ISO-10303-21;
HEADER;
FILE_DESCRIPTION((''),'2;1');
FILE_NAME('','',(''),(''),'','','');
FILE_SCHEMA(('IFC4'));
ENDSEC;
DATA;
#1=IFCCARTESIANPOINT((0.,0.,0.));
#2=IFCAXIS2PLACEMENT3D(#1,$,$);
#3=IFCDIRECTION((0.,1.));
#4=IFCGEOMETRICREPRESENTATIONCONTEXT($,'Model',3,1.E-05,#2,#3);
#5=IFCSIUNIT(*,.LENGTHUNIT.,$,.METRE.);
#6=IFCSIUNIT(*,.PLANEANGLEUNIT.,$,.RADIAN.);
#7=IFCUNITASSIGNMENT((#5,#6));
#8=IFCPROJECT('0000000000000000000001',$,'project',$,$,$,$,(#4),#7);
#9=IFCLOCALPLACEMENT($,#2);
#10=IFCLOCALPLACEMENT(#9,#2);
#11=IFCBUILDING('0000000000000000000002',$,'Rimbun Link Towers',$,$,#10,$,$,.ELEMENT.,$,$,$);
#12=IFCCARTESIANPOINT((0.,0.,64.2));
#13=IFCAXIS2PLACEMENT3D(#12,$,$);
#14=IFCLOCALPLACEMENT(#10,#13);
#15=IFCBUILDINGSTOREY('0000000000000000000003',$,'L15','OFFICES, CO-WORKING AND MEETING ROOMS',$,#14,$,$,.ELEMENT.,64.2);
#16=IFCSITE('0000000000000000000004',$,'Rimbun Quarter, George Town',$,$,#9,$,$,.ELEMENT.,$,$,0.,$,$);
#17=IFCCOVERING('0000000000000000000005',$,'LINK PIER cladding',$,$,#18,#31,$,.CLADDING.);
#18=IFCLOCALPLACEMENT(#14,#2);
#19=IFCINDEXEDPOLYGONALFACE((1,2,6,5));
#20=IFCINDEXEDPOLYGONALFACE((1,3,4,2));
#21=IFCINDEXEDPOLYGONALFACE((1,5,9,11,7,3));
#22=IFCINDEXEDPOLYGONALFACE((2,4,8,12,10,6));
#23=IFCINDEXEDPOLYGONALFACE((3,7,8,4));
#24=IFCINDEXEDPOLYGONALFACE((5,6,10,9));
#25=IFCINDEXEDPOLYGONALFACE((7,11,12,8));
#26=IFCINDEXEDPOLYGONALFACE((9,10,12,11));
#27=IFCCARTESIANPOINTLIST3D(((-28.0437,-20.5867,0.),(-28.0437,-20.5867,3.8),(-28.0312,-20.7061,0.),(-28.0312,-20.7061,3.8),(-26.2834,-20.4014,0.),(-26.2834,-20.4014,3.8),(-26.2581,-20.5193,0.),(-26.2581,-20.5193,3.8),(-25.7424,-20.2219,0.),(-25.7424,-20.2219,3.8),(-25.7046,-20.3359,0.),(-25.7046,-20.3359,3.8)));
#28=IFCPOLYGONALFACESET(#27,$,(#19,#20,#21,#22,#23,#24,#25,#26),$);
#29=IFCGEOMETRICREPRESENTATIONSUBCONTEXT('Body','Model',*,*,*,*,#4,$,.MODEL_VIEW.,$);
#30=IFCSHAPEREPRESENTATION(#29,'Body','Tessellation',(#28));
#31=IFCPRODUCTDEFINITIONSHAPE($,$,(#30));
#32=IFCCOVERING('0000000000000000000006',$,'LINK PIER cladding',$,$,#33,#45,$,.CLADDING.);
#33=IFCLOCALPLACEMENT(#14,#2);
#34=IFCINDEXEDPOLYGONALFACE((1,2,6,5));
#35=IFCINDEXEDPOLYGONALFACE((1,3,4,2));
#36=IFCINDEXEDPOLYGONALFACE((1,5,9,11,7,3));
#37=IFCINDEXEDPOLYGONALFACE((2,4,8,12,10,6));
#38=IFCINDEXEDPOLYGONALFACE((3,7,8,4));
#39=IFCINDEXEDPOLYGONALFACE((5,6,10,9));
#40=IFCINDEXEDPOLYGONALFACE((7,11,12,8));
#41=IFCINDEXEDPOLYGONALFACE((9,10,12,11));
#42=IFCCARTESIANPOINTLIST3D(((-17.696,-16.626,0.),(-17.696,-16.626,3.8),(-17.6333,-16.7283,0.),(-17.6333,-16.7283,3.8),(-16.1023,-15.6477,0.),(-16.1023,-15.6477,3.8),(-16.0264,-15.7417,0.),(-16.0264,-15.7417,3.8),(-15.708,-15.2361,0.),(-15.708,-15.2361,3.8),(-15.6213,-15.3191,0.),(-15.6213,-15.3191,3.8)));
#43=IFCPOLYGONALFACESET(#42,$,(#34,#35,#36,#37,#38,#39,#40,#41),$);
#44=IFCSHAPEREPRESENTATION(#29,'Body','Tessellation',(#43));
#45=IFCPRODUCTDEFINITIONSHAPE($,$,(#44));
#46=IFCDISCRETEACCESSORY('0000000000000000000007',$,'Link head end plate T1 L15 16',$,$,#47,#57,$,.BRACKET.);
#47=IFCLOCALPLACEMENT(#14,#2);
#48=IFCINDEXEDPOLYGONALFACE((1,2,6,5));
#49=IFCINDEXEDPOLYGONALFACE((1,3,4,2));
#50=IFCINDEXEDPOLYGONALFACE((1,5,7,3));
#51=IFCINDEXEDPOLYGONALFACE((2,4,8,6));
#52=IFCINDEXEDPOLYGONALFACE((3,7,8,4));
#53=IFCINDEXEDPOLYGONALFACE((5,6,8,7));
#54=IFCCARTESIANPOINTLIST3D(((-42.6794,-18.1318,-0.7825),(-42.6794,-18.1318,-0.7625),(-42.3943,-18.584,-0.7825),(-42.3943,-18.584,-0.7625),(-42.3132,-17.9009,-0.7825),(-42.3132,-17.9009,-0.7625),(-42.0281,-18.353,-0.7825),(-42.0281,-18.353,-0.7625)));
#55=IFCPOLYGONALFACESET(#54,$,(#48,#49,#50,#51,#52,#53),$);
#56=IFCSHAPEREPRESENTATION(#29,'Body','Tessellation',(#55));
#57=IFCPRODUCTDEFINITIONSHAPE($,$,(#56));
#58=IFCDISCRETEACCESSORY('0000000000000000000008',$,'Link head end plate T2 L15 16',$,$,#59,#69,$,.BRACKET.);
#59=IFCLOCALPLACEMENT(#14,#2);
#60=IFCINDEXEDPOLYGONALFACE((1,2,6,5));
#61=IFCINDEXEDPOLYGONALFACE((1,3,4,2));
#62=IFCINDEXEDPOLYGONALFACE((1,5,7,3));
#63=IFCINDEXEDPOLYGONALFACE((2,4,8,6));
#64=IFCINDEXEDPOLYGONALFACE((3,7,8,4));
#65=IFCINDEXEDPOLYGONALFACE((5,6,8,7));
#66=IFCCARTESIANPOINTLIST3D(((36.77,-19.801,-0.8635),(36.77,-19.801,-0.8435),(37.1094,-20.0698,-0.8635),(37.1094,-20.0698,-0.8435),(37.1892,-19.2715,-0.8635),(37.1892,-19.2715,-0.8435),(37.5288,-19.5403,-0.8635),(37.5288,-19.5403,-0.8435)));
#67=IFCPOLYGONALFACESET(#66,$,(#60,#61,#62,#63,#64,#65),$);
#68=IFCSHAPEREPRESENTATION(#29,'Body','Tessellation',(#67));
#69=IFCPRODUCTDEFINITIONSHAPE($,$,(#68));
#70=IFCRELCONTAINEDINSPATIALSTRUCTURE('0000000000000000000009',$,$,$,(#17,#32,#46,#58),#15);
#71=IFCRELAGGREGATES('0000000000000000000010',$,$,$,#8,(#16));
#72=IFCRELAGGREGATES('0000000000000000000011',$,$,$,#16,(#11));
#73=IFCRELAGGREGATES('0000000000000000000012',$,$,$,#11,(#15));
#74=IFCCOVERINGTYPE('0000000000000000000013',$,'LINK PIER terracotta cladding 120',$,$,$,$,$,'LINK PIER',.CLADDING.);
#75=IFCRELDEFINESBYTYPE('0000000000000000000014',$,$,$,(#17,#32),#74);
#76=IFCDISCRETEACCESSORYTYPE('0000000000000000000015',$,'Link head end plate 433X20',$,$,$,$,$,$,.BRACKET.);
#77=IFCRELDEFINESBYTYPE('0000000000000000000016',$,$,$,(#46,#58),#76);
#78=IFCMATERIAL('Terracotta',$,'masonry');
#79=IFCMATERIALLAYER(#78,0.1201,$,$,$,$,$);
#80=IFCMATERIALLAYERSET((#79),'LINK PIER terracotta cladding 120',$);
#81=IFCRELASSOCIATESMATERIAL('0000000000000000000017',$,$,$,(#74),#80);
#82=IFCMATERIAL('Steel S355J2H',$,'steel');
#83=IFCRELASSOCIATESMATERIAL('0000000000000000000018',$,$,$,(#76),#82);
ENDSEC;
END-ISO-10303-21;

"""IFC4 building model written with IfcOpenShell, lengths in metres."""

from ifc_helpers import new_model, si_unit, direction, frame, origin, origin_2d, place, context, subcontext, project, spatial, polyline, rectangle, outline, extrude, material, layer, layer_set, material_profile, profile_set, type_object, element, save


model = new_model("IFC4")

# Units and contexts
model_context = context("Model", 3, precision=1e-05, world=origin(), true_north=direction((0.0, 1.0)))
body_context = subcontext(model_context, "Body", "Model", "MODEL_VIEW")
ifc_project = project(units=[si_unit("LENGTHUNIT", "METRE"), si_unit("PLANEANGLEUNIT", "RADIAN")], contexts=[model_context])

# Site, building, storey
site_placement = place(None, origin())
site = spatial("IfcSite", under=ifc_project, at=site_placement, Name="Rimbun Quarter, George Town", CompositionType="ELEMENT", RefElevation=0.0)
building_placement = place(site_placement, origin())
building = spatial("IfcBuilding", under=site, at=building_placement, Name="Rimbun Link Towers", CompositionType="ELEMENT")
storey_placement = place(building_placement, frame((0.0, 0.0, 64.2)))
storey = spatial("IfcBuildingStorey", under=building, at=storey_placement, Name="L15", Description="OFFICES, CO-WORKING AND MEETING ROOMS", CompositionType="ELEMENT", Elevation=64.2)

# Coverings
ifc_material_1 = material(Name="Terracotta", Category="masonry")
ifc_layer_1 = layer(ifc_material_1, 0.1201)
ifc_layer_set_1 = layer_set([ifc_layer_1], Name="LINK PIER terracotta cladding 120")
covering_type_1 = type_object("IfcCoveringType", Name="LINK PIER terracotta cladding 120", ElementType="LINK PIER", PredefinedType="CLADDING", material=ifc_layer_set_1)
covering_1_placement = place(storey_placement, origin())
element("IfcCovering", 1, at=covering_1_placement, inside=storey, type_object=covering_type_1, Name="LINK PIER cladding", PredefinedType="CLADDING", context=body_context, shape_type="SweptSolid", body=[
    extrude(outline(polyline([(-25.7424, -20.2219), (-26.2834, -20.4014), (-28.0437, -20.5867), (-28.0312, -20.7061), (-26.2581, -20.5193), (-25.7046, -20.3359), (-25.7424, -20.2219)])), origin(), (0.0, 0.0, 1.0), 3.8),
])
covering_2_placement = place(storey_placement, origin())
element("IfcCovering", 2, at=covering_2_placement, inside=storey, type_object=covering_type_1, Name="LINK PIER cladding", PredefinedType="CLADDING", context=body_context, shape_type="SweptSolid", body=[
    extrude(outline(polyline([(-15.708, -15.2361), (-16.1023, -15.6477), (-17.696, -16.626), (-17.6333, -16.7283), (-16.0264, -15.7417), (-15.6213, -15.3191), (-15.708, -15.2361)])), origin(), (0.0, 0.0, 1.0), 3.8),
])

# Discrete accessories
ifc_material_2 = material(Name="Steel S355J2H", Category="steel")
ifc_material_profile_1 = material_profile(ifc_material_2, rectangle(XDim=0.4331, YDim=0.4331, at=origin_2d()), Name="PL 433x433")
ifc_profile_set_1 = profile_set([ifc_material_profile_1], Name="Steel S355J2H")
discrete_accessory_type = type_object("IfcDiscreteAccessoryType", Name="Link head end plate 433X20", PredefinedType="BRACKET", material=ifc_profile_set_1)
discrete_accessory_1_placement = place(storey_placement, frame((0.0, 0.0, -0.7825)))
element("IfcDiscreteAccessory", 3, at=discrete_accessory_1_placement, inside=storey, type_object=discrete_accessory_type, Name="Link head end plate T1 L15 16", PredefinedType="BRACKET", context=body_context, shape_type="SweptSolid", body=[
    extrude(outline(polyline([(-42.6794, -18.1318), (-42.3943, -18.584), (-42.0281, -18.353), (-42.3132, -17.9009), (-42.6794, -18.1318)])), origin(), (0.0, 0.0, 1.0), 0.02),
])
discrete_accessory_2_placement = place(storey_placement, frame((0.0, 0.0, -0.8635)))
element("IfcDiscreteAccessory", 4, at=discrete_accessory_2_placement, inside=storey, type_object=discrete_accessory_type, Name="Link head end plate T2 L15 16", PredefinedType="BRACKET", context=body_context, shape_type="SweptSolid", body=[
    extrude(outline(polyline([(37.1892, -19.2715), (36.77, -19.801), (37.1094, -20.0698), (37.5288, -19.5403), (37.1892, -19.2715)])), origin(), (0.0, 0.0, 1.0), 0.02),
])

save(model, "model.ifc")
